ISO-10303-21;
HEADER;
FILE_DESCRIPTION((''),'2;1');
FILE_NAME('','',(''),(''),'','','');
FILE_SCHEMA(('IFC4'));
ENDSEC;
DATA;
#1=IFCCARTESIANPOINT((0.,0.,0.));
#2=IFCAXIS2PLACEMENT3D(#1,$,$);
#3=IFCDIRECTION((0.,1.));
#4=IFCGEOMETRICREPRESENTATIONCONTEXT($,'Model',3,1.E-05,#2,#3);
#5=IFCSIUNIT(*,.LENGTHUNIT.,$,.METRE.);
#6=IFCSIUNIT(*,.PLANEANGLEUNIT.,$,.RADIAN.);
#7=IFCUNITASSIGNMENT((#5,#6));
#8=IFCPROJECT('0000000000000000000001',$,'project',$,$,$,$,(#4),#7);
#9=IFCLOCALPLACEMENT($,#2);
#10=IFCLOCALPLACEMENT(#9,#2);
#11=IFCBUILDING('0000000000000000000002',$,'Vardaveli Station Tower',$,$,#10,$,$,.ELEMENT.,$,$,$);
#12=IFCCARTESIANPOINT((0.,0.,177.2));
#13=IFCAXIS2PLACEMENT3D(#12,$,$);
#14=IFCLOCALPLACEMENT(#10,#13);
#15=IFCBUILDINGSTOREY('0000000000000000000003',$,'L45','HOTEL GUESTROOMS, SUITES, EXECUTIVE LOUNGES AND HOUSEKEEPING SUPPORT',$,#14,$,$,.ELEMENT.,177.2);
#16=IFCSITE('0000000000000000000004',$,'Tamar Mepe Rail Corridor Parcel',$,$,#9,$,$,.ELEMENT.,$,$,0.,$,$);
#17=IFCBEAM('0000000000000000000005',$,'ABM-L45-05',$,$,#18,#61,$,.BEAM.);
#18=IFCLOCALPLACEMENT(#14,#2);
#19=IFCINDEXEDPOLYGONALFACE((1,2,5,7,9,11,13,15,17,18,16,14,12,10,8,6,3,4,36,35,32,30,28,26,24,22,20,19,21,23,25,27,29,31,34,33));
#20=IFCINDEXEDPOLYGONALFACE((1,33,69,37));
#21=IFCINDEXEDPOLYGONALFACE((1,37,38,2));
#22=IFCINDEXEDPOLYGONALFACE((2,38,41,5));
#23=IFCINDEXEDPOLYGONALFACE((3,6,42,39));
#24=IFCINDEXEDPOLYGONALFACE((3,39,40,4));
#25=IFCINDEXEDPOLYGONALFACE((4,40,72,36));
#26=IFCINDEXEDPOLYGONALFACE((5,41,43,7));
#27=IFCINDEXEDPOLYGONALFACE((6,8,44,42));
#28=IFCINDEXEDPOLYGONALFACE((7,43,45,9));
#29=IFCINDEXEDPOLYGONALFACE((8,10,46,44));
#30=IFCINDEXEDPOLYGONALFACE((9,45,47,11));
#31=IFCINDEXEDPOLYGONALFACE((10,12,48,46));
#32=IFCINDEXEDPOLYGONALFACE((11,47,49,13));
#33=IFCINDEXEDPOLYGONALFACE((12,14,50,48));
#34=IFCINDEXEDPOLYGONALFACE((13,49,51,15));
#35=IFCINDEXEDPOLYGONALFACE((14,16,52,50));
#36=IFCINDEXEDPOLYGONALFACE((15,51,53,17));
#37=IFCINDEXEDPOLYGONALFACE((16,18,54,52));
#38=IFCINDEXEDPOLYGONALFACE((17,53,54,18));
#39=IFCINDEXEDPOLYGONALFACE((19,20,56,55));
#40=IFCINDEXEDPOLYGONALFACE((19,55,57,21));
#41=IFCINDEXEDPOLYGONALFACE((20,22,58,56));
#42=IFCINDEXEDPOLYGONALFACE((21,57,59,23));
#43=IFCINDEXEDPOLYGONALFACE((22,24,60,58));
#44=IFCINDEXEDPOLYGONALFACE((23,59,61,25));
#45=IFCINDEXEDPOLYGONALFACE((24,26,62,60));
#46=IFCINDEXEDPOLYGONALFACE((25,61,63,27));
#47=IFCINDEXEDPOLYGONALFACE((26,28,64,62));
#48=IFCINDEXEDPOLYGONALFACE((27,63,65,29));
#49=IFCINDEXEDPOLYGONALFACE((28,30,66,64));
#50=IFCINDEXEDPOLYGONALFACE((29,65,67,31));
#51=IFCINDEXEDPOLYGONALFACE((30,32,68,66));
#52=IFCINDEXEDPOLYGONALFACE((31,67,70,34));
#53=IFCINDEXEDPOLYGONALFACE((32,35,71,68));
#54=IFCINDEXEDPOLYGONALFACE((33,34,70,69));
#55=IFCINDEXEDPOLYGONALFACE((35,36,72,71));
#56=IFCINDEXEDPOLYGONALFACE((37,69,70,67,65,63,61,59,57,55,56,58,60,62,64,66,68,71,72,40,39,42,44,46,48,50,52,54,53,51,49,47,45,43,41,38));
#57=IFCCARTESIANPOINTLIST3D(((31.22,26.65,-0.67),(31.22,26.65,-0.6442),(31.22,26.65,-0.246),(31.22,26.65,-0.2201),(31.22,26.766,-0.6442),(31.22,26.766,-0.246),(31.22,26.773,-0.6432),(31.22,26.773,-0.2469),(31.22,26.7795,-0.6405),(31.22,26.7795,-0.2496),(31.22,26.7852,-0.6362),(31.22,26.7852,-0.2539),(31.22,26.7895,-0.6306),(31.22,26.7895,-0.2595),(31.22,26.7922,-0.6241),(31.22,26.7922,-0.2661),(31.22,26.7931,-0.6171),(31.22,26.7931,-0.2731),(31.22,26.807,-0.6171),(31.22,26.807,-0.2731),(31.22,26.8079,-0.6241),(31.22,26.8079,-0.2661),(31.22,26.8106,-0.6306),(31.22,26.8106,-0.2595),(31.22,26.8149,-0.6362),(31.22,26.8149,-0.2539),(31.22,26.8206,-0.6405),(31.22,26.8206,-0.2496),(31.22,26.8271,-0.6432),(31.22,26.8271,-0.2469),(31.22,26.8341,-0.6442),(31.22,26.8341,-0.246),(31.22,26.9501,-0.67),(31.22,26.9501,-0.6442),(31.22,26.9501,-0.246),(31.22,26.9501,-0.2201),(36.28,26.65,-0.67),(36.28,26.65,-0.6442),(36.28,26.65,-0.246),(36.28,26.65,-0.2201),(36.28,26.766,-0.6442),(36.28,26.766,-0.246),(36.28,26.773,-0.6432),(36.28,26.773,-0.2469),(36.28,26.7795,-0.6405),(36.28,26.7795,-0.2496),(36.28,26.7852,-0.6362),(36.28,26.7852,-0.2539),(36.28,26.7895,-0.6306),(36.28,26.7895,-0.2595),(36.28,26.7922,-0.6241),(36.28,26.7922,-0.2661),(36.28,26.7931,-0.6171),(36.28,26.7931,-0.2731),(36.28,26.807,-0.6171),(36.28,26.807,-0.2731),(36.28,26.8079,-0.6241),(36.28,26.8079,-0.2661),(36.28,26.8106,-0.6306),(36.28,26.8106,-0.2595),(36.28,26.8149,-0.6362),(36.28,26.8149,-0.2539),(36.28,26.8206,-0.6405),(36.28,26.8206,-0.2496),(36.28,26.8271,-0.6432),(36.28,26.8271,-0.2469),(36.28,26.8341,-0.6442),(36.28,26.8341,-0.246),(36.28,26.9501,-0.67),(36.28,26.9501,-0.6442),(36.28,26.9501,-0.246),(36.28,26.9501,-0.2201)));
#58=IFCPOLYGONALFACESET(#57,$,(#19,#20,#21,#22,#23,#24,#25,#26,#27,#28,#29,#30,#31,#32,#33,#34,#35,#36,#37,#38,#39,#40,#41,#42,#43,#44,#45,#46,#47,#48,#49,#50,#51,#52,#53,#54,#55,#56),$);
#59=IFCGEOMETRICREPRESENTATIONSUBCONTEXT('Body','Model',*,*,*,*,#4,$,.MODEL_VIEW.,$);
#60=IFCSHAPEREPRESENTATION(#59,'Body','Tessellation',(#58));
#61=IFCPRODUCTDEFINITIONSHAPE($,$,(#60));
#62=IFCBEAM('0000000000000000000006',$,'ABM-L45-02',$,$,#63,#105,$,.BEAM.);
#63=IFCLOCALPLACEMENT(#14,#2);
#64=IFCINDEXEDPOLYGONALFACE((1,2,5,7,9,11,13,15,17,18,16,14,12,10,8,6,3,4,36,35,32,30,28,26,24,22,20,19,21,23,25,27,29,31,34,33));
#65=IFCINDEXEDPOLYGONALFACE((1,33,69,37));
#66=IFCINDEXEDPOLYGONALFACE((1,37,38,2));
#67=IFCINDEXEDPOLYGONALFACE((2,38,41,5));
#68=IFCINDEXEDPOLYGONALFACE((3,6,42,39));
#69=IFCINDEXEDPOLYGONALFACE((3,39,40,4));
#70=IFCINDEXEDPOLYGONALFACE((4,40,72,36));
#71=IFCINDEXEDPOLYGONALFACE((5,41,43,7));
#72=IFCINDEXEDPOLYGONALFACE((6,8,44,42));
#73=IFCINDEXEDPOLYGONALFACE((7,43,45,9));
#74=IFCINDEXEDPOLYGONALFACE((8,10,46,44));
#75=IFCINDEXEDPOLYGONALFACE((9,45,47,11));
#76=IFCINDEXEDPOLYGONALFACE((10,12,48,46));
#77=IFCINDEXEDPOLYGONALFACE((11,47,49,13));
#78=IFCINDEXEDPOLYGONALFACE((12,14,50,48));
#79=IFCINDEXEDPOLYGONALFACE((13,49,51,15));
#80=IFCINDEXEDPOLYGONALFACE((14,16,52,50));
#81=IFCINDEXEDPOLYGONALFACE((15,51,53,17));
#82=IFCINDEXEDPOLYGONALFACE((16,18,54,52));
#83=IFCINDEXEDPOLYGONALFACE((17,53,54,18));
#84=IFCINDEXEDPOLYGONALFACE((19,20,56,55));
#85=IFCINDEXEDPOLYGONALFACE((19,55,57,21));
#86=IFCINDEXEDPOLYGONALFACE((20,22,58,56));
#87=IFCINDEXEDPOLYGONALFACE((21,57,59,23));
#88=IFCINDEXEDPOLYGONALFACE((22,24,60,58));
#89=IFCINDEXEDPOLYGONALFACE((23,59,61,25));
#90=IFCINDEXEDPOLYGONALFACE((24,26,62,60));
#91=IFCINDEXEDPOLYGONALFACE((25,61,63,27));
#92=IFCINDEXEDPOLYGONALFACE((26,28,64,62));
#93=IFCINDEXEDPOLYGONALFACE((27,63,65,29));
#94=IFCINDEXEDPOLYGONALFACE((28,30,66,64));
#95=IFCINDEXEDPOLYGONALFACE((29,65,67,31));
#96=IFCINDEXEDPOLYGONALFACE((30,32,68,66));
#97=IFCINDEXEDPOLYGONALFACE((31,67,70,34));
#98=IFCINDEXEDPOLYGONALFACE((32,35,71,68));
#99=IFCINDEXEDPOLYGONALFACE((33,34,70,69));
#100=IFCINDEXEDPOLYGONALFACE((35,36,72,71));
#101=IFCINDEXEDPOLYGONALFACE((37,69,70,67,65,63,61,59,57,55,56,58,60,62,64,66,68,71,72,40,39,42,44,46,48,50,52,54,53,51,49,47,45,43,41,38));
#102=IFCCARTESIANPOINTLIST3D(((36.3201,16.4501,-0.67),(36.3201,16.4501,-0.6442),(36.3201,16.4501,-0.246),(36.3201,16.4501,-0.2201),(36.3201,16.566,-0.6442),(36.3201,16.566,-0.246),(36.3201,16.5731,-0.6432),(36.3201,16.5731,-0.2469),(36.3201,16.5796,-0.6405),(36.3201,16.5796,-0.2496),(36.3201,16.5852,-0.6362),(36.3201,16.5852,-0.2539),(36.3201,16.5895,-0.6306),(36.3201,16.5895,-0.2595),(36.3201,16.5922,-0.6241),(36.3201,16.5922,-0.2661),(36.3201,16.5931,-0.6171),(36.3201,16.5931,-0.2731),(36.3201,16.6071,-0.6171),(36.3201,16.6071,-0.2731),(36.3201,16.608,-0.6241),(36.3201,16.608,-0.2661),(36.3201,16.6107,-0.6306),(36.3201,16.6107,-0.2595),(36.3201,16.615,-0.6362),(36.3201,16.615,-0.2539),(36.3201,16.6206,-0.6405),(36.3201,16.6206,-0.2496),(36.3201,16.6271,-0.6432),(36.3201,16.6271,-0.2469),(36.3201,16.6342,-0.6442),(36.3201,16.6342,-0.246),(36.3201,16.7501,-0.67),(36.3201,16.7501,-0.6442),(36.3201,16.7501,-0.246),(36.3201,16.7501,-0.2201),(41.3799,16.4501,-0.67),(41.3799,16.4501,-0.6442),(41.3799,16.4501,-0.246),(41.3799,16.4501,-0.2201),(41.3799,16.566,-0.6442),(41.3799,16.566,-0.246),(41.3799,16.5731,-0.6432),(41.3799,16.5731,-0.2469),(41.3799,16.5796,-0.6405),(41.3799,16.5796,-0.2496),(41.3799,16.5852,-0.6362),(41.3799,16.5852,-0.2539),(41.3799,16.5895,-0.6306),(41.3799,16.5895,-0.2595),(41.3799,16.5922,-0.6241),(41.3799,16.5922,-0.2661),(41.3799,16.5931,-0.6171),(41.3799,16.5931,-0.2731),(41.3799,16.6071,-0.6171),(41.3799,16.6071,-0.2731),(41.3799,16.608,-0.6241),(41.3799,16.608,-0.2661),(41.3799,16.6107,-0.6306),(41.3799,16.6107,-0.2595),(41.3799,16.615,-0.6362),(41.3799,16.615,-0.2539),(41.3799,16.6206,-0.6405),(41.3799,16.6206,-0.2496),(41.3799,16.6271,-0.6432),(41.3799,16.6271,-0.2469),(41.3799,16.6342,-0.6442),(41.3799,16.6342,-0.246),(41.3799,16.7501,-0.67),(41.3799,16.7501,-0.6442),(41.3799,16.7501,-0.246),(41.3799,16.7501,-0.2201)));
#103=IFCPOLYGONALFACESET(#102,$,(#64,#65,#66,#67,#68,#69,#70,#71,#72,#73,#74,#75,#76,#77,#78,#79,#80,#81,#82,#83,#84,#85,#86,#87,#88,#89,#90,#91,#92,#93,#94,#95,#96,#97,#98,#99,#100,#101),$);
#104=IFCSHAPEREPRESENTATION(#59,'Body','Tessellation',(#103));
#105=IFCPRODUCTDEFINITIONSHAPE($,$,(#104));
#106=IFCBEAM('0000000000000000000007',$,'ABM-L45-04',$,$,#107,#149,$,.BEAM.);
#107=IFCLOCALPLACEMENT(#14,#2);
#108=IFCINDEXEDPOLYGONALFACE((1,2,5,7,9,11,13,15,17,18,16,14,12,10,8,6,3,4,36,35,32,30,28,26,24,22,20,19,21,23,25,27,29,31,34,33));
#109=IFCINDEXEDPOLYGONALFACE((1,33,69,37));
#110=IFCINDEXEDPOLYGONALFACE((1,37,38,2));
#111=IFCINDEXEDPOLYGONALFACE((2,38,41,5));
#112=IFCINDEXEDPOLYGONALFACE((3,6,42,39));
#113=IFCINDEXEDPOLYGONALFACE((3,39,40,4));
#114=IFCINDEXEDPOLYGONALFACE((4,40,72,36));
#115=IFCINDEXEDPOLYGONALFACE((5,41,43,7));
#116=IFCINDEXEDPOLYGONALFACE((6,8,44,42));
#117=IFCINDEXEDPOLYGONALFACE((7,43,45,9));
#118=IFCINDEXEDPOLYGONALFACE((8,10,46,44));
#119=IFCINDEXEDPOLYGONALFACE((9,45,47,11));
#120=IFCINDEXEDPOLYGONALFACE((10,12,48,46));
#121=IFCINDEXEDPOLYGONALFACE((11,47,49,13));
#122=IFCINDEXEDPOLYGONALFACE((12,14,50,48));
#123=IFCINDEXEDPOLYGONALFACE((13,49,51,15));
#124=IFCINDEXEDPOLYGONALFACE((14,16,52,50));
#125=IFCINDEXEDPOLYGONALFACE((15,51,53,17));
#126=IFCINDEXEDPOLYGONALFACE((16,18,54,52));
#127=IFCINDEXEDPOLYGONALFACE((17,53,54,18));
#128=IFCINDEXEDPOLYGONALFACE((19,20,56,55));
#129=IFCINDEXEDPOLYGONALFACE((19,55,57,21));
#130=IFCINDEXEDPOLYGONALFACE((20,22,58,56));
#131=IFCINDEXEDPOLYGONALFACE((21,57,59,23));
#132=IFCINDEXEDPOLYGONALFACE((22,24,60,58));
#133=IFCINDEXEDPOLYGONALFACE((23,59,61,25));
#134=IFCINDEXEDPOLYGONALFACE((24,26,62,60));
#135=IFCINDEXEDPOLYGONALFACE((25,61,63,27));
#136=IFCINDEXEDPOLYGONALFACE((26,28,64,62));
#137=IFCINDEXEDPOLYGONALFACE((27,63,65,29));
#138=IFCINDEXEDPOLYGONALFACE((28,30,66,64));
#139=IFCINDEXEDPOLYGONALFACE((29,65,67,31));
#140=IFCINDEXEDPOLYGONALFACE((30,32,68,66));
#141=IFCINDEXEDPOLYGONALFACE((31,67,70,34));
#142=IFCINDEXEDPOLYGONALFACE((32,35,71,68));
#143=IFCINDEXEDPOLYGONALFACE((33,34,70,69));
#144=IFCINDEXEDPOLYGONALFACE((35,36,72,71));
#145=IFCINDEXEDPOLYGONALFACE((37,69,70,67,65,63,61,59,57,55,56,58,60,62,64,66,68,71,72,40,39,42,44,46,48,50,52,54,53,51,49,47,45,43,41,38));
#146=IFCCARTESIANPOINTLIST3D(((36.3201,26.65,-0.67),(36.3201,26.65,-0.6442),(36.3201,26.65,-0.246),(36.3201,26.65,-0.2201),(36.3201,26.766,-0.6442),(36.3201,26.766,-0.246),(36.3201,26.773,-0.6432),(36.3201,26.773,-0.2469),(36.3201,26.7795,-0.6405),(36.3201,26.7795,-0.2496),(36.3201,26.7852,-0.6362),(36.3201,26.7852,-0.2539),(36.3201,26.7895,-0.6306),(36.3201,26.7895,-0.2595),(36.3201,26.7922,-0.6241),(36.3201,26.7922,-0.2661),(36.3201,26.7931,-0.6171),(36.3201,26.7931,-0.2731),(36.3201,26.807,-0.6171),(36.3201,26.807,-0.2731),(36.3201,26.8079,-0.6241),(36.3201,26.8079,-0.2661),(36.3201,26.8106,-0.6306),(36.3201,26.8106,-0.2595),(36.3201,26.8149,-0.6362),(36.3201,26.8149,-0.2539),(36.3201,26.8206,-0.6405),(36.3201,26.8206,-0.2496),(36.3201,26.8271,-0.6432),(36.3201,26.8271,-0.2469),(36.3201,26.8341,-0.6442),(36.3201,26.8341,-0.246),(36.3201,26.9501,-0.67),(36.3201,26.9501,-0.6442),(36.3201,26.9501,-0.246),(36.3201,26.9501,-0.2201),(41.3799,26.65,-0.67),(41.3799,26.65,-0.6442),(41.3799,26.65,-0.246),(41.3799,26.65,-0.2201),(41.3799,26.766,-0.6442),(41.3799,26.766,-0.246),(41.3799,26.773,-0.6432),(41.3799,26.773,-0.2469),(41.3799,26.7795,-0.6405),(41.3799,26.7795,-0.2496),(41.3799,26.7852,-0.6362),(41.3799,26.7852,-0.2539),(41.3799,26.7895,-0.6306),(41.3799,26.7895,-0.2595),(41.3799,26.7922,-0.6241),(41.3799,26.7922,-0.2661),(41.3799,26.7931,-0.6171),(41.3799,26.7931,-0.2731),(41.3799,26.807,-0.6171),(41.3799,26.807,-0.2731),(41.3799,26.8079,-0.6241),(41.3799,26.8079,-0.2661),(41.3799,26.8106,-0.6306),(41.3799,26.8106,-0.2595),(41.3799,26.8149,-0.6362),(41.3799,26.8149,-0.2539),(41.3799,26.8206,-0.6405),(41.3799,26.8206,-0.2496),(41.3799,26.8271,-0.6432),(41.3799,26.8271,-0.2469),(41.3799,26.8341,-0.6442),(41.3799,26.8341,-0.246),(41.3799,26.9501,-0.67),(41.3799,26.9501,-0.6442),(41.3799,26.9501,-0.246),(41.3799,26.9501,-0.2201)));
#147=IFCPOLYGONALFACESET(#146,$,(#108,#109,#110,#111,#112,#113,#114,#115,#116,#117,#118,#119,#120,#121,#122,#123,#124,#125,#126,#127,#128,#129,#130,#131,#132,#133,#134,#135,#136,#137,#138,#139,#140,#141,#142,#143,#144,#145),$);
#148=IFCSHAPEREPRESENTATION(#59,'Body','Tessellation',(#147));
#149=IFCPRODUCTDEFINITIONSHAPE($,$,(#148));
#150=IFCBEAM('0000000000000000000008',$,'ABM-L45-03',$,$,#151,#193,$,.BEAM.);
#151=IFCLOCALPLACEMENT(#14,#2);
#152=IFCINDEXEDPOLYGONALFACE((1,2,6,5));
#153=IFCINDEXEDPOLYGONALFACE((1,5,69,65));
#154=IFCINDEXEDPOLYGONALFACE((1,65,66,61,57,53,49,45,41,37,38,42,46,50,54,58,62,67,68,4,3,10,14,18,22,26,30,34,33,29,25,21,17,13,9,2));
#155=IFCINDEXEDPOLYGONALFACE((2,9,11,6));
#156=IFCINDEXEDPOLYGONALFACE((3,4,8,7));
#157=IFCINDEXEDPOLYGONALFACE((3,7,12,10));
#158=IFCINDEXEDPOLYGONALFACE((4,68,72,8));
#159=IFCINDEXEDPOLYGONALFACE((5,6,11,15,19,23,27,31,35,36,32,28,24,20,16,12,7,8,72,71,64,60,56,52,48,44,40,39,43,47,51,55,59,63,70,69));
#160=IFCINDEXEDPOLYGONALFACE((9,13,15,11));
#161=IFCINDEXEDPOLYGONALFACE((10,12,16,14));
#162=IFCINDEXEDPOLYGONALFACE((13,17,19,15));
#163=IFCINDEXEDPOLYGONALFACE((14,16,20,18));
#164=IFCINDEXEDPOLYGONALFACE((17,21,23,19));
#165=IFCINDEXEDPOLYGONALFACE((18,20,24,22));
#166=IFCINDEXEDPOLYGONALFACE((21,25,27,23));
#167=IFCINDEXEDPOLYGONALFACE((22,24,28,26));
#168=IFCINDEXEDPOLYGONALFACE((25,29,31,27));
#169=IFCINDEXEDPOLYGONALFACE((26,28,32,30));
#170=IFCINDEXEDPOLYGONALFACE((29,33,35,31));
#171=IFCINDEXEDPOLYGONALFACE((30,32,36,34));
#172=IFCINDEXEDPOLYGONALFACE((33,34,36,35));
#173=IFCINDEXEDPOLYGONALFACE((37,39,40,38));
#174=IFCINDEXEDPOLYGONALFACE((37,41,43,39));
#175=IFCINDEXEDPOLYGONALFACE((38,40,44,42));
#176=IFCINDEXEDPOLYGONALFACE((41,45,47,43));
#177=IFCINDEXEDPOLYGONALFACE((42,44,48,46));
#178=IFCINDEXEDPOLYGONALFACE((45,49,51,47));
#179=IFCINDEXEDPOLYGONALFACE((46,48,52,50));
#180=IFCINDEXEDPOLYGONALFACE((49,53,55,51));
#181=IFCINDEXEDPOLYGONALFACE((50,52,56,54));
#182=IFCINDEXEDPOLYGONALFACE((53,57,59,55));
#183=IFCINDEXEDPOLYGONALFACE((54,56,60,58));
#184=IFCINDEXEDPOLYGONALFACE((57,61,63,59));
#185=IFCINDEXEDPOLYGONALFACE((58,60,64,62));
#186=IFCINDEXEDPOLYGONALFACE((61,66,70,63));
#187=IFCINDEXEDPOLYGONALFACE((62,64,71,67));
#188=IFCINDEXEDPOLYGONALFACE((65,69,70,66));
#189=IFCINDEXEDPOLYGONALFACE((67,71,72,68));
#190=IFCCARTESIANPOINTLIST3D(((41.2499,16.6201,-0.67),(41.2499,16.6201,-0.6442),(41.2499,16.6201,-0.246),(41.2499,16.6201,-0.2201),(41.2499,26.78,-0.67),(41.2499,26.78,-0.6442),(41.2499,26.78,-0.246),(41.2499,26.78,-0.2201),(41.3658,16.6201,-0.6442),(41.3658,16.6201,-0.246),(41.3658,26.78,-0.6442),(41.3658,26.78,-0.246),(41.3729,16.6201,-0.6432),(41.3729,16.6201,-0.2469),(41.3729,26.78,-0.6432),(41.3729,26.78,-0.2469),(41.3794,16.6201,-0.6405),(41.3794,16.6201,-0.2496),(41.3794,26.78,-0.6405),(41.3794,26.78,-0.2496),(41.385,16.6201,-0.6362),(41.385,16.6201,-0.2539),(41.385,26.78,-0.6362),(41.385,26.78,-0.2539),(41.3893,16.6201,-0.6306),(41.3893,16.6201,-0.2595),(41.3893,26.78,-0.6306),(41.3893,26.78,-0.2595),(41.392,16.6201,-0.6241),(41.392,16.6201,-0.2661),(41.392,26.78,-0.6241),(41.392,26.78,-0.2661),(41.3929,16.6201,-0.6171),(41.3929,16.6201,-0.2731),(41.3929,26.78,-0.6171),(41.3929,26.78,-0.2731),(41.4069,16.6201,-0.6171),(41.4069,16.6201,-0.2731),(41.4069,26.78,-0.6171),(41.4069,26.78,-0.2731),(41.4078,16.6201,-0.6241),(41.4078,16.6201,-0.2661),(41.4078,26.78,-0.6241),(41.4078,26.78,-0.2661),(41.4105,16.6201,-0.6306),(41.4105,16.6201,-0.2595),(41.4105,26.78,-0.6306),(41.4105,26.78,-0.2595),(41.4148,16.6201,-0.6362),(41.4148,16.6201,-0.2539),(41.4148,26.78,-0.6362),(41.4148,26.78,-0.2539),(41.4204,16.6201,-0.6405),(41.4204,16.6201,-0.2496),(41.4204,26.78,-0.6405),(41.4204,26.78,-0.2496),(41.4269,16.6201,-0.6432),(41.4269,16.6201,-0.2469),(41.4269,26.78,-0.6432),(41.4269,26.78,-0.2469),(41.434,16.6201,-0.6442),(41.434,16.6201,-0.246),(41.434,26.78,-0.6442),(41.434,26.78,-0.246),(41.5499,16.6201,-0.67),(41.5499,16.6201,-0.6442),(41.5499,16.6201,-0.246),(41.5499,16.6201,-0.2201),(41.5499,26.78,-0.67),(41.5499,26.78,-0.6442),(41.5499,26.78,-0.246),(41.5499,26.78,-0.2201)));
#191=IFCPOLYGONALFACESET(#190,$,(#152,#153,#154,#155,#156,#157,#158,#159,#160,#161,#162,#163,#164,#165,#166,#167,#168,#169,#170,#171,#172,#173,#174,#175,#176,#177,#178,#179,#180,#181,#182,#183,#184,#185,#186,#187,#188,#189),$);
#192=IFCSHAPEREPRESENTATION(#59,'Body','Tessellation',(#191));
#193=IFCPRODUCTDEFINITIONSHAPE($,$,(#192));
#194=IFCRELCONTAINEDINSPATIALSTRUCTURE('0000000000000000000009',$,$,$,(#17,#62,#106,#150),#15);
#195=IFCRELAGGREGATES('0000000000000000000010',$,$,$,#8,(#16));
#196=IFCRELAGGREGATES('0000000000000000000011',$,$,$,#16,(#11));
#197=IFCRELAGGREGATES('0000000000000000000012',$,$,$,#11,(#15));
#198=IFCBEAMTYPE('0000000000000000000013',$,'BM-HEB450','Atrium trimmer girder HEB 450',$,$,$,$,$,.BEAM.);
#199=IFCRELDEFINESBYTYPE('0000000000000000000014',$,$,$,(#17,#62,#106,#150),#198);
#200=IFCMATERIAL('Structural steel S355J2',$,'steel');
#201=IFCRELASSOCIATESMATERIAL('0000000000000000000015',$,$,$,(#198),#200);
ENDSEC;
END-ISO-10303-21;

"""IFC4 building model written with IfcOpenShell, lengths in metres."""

from ifc_helpers import new_model, si_unit, direction, frame, origin, origin_2d, place, context, subcontext, project, spatial, i_section, extrude, source, transform, mapped, material, material_profile, profile_set, type_object, element, save


model = new_model("IFC4")

# Units and contexts
model_context = context("Model", 3, precision=1e-05, world=origin(), true_north=direction((0.0, 1.0)))
body_context = subcontext(model_context, "Body", "Model", "MODEL_VIEW")
ifc_project = project(units=[si_unit("LENGTHUNIT", "METRE"), si_unit("PLANEANGLEUNIT", "RADIAN")], contexts=[model_context])

# Site, building, storey
site_placement = place(None, origin())
site = spatial("IfcSite", under=ifc_project, at=site_placement, Name="Tamar Mepe Rail Corridor Parcel", CompositionType="ELEMENT", RefElevation=0.0)
building_placement = place(site_placement, origin())
building = spatial("IfcBuilding", under=site, at=building_placement, Name="Vardaveli Station Tower", CompositionType="ELEMENT")
storey_placement = place(building_placement, frame((0.0, 0.0, 177.2)))
storey = spatial("IfcBuildingStorey", under=building, at=storey_placement, Name="L45", Description="HOTEL GUESTROOMS, SUITES, EXECUTIVE LOUNGES AND HOUSEKEEPING SUPPORT", CompositionType="ELEMENT", Elevation=177.2)

# Beams
ifc_material_1 = material(Name="Structural steel S355J2", Category="steel")
ifc_material_profile_1 = material_profile(ifc_material_1, i_section(OverallWidth=0.3, OverallDepth=0.45, WebThickness=0.0139, FlangeThickness=0.0259, FilletRadius=0.0271, at=origin_2d()), Name="HEB 450")
ifc_profile_set_1 = profile_set([ifc_material_profile_1], Name="Structural steel S355J2")
beam_type = type_object("IfcBeamType", Name="BM-HEB450", Description="Atrium trimmer girder HEB 450", PredefinedType="BEAM", material=ifc_profile_set_1)
shared_shape_1 = source(origin(), body_context, "Body", "SweptSolid", [
    extrude(i_section(OverallWidth=0.3, OverallDepth=0.45, WebThickness=0.0139, FlangeThickness=0.0259, FilletRadius=0.0271, at=origin_2d()), origin(), (0.0, 0.0, 1.0), 5.0601),
])
beam_1_placement = place(storey_placement, frame((36.28, 26.8, -0.4451), z_axis=(-1.0, 0.0, 0.0), x_axis=(0.0, -1.0, 0.0)))
element("IfcBeam", 1, at=beam_1_placement, inside=storey, type_object=beam_type, Name="ABM-L45-05", PredefinedType="BEAM", context=body_context, shape_type="MappedRepresentation", body=[
    mapped(shared_shape_1, transform((0.0, 0.0, 0.0), scale=1.0)),
])
shared_shape_2 = source(origin(), body_context, "Body", "SweptSolid", [
    extrude(i_section(OverallWidth=0.3, OverallDepth=0.45, WebThickness=0.0139, FlangeThickness=0.0259, FilletRadius=0.0271, at=origin_2d()), origin(), (0.0, 0.0, 1.0), 5.0598),
])
for number, where, z_axis, x_axis, name in (
    (2, (36.3201, 16.6001, -0.4451), (1.0, 0.0, 0.0), (0.0, 1.0, 0.0), "ABM-L45-02"),
    (3, (41.3799, 26.8, -0.4451), (-1.0, 0.0, 0.0), (0.0, -1.0, 0.0), "ABM-L45-04"),
):
    element("IfcBeam", number, at=place(storey_placement, frame(where, z_axis=z_axis, x_axis=x_axis)), inside=storey, type_object=beam_type, Name=name, PredefinedType="BEAM", context=body_context, shape_type="MappedRepresentation", body=[
        mapped(shared_shape_2, transform((0.0, 0.0, 0.0), scale=1.0)),
    ])
shared_shape_3 = source(origin(), body_context, "Body", "SweptSolid", [
    extrude(i_section(OverallWidth=0.3, OverallDepth=0.45, WebThickness=0.0139, FlangeThickness=0.0259, FilletRadius=0.0271, at=origin_2d()), origin(), (0.0, 0.0, 1.0), 10.1599),
])
beam_2_placement = place(storey_placement, frame((41.3999, 16.6201, -0.4451), z_axis=(0.0, 1.0, 0.0), x_axis=(-1.0, 0.0, 0.0)))
element("IfcBeam", 4, at=beam_2_placement, inside=storey, type_object=beam_type, Name="ABM-L45-03", PredefinedType="BEAM", context=body_context, shape_type="MappedRepresentation", body=[
    mapped(shared_shape_3, transform((0.0, 0.0, 0.0), scale=1.0)),
])

save(model, "model.ifc")
